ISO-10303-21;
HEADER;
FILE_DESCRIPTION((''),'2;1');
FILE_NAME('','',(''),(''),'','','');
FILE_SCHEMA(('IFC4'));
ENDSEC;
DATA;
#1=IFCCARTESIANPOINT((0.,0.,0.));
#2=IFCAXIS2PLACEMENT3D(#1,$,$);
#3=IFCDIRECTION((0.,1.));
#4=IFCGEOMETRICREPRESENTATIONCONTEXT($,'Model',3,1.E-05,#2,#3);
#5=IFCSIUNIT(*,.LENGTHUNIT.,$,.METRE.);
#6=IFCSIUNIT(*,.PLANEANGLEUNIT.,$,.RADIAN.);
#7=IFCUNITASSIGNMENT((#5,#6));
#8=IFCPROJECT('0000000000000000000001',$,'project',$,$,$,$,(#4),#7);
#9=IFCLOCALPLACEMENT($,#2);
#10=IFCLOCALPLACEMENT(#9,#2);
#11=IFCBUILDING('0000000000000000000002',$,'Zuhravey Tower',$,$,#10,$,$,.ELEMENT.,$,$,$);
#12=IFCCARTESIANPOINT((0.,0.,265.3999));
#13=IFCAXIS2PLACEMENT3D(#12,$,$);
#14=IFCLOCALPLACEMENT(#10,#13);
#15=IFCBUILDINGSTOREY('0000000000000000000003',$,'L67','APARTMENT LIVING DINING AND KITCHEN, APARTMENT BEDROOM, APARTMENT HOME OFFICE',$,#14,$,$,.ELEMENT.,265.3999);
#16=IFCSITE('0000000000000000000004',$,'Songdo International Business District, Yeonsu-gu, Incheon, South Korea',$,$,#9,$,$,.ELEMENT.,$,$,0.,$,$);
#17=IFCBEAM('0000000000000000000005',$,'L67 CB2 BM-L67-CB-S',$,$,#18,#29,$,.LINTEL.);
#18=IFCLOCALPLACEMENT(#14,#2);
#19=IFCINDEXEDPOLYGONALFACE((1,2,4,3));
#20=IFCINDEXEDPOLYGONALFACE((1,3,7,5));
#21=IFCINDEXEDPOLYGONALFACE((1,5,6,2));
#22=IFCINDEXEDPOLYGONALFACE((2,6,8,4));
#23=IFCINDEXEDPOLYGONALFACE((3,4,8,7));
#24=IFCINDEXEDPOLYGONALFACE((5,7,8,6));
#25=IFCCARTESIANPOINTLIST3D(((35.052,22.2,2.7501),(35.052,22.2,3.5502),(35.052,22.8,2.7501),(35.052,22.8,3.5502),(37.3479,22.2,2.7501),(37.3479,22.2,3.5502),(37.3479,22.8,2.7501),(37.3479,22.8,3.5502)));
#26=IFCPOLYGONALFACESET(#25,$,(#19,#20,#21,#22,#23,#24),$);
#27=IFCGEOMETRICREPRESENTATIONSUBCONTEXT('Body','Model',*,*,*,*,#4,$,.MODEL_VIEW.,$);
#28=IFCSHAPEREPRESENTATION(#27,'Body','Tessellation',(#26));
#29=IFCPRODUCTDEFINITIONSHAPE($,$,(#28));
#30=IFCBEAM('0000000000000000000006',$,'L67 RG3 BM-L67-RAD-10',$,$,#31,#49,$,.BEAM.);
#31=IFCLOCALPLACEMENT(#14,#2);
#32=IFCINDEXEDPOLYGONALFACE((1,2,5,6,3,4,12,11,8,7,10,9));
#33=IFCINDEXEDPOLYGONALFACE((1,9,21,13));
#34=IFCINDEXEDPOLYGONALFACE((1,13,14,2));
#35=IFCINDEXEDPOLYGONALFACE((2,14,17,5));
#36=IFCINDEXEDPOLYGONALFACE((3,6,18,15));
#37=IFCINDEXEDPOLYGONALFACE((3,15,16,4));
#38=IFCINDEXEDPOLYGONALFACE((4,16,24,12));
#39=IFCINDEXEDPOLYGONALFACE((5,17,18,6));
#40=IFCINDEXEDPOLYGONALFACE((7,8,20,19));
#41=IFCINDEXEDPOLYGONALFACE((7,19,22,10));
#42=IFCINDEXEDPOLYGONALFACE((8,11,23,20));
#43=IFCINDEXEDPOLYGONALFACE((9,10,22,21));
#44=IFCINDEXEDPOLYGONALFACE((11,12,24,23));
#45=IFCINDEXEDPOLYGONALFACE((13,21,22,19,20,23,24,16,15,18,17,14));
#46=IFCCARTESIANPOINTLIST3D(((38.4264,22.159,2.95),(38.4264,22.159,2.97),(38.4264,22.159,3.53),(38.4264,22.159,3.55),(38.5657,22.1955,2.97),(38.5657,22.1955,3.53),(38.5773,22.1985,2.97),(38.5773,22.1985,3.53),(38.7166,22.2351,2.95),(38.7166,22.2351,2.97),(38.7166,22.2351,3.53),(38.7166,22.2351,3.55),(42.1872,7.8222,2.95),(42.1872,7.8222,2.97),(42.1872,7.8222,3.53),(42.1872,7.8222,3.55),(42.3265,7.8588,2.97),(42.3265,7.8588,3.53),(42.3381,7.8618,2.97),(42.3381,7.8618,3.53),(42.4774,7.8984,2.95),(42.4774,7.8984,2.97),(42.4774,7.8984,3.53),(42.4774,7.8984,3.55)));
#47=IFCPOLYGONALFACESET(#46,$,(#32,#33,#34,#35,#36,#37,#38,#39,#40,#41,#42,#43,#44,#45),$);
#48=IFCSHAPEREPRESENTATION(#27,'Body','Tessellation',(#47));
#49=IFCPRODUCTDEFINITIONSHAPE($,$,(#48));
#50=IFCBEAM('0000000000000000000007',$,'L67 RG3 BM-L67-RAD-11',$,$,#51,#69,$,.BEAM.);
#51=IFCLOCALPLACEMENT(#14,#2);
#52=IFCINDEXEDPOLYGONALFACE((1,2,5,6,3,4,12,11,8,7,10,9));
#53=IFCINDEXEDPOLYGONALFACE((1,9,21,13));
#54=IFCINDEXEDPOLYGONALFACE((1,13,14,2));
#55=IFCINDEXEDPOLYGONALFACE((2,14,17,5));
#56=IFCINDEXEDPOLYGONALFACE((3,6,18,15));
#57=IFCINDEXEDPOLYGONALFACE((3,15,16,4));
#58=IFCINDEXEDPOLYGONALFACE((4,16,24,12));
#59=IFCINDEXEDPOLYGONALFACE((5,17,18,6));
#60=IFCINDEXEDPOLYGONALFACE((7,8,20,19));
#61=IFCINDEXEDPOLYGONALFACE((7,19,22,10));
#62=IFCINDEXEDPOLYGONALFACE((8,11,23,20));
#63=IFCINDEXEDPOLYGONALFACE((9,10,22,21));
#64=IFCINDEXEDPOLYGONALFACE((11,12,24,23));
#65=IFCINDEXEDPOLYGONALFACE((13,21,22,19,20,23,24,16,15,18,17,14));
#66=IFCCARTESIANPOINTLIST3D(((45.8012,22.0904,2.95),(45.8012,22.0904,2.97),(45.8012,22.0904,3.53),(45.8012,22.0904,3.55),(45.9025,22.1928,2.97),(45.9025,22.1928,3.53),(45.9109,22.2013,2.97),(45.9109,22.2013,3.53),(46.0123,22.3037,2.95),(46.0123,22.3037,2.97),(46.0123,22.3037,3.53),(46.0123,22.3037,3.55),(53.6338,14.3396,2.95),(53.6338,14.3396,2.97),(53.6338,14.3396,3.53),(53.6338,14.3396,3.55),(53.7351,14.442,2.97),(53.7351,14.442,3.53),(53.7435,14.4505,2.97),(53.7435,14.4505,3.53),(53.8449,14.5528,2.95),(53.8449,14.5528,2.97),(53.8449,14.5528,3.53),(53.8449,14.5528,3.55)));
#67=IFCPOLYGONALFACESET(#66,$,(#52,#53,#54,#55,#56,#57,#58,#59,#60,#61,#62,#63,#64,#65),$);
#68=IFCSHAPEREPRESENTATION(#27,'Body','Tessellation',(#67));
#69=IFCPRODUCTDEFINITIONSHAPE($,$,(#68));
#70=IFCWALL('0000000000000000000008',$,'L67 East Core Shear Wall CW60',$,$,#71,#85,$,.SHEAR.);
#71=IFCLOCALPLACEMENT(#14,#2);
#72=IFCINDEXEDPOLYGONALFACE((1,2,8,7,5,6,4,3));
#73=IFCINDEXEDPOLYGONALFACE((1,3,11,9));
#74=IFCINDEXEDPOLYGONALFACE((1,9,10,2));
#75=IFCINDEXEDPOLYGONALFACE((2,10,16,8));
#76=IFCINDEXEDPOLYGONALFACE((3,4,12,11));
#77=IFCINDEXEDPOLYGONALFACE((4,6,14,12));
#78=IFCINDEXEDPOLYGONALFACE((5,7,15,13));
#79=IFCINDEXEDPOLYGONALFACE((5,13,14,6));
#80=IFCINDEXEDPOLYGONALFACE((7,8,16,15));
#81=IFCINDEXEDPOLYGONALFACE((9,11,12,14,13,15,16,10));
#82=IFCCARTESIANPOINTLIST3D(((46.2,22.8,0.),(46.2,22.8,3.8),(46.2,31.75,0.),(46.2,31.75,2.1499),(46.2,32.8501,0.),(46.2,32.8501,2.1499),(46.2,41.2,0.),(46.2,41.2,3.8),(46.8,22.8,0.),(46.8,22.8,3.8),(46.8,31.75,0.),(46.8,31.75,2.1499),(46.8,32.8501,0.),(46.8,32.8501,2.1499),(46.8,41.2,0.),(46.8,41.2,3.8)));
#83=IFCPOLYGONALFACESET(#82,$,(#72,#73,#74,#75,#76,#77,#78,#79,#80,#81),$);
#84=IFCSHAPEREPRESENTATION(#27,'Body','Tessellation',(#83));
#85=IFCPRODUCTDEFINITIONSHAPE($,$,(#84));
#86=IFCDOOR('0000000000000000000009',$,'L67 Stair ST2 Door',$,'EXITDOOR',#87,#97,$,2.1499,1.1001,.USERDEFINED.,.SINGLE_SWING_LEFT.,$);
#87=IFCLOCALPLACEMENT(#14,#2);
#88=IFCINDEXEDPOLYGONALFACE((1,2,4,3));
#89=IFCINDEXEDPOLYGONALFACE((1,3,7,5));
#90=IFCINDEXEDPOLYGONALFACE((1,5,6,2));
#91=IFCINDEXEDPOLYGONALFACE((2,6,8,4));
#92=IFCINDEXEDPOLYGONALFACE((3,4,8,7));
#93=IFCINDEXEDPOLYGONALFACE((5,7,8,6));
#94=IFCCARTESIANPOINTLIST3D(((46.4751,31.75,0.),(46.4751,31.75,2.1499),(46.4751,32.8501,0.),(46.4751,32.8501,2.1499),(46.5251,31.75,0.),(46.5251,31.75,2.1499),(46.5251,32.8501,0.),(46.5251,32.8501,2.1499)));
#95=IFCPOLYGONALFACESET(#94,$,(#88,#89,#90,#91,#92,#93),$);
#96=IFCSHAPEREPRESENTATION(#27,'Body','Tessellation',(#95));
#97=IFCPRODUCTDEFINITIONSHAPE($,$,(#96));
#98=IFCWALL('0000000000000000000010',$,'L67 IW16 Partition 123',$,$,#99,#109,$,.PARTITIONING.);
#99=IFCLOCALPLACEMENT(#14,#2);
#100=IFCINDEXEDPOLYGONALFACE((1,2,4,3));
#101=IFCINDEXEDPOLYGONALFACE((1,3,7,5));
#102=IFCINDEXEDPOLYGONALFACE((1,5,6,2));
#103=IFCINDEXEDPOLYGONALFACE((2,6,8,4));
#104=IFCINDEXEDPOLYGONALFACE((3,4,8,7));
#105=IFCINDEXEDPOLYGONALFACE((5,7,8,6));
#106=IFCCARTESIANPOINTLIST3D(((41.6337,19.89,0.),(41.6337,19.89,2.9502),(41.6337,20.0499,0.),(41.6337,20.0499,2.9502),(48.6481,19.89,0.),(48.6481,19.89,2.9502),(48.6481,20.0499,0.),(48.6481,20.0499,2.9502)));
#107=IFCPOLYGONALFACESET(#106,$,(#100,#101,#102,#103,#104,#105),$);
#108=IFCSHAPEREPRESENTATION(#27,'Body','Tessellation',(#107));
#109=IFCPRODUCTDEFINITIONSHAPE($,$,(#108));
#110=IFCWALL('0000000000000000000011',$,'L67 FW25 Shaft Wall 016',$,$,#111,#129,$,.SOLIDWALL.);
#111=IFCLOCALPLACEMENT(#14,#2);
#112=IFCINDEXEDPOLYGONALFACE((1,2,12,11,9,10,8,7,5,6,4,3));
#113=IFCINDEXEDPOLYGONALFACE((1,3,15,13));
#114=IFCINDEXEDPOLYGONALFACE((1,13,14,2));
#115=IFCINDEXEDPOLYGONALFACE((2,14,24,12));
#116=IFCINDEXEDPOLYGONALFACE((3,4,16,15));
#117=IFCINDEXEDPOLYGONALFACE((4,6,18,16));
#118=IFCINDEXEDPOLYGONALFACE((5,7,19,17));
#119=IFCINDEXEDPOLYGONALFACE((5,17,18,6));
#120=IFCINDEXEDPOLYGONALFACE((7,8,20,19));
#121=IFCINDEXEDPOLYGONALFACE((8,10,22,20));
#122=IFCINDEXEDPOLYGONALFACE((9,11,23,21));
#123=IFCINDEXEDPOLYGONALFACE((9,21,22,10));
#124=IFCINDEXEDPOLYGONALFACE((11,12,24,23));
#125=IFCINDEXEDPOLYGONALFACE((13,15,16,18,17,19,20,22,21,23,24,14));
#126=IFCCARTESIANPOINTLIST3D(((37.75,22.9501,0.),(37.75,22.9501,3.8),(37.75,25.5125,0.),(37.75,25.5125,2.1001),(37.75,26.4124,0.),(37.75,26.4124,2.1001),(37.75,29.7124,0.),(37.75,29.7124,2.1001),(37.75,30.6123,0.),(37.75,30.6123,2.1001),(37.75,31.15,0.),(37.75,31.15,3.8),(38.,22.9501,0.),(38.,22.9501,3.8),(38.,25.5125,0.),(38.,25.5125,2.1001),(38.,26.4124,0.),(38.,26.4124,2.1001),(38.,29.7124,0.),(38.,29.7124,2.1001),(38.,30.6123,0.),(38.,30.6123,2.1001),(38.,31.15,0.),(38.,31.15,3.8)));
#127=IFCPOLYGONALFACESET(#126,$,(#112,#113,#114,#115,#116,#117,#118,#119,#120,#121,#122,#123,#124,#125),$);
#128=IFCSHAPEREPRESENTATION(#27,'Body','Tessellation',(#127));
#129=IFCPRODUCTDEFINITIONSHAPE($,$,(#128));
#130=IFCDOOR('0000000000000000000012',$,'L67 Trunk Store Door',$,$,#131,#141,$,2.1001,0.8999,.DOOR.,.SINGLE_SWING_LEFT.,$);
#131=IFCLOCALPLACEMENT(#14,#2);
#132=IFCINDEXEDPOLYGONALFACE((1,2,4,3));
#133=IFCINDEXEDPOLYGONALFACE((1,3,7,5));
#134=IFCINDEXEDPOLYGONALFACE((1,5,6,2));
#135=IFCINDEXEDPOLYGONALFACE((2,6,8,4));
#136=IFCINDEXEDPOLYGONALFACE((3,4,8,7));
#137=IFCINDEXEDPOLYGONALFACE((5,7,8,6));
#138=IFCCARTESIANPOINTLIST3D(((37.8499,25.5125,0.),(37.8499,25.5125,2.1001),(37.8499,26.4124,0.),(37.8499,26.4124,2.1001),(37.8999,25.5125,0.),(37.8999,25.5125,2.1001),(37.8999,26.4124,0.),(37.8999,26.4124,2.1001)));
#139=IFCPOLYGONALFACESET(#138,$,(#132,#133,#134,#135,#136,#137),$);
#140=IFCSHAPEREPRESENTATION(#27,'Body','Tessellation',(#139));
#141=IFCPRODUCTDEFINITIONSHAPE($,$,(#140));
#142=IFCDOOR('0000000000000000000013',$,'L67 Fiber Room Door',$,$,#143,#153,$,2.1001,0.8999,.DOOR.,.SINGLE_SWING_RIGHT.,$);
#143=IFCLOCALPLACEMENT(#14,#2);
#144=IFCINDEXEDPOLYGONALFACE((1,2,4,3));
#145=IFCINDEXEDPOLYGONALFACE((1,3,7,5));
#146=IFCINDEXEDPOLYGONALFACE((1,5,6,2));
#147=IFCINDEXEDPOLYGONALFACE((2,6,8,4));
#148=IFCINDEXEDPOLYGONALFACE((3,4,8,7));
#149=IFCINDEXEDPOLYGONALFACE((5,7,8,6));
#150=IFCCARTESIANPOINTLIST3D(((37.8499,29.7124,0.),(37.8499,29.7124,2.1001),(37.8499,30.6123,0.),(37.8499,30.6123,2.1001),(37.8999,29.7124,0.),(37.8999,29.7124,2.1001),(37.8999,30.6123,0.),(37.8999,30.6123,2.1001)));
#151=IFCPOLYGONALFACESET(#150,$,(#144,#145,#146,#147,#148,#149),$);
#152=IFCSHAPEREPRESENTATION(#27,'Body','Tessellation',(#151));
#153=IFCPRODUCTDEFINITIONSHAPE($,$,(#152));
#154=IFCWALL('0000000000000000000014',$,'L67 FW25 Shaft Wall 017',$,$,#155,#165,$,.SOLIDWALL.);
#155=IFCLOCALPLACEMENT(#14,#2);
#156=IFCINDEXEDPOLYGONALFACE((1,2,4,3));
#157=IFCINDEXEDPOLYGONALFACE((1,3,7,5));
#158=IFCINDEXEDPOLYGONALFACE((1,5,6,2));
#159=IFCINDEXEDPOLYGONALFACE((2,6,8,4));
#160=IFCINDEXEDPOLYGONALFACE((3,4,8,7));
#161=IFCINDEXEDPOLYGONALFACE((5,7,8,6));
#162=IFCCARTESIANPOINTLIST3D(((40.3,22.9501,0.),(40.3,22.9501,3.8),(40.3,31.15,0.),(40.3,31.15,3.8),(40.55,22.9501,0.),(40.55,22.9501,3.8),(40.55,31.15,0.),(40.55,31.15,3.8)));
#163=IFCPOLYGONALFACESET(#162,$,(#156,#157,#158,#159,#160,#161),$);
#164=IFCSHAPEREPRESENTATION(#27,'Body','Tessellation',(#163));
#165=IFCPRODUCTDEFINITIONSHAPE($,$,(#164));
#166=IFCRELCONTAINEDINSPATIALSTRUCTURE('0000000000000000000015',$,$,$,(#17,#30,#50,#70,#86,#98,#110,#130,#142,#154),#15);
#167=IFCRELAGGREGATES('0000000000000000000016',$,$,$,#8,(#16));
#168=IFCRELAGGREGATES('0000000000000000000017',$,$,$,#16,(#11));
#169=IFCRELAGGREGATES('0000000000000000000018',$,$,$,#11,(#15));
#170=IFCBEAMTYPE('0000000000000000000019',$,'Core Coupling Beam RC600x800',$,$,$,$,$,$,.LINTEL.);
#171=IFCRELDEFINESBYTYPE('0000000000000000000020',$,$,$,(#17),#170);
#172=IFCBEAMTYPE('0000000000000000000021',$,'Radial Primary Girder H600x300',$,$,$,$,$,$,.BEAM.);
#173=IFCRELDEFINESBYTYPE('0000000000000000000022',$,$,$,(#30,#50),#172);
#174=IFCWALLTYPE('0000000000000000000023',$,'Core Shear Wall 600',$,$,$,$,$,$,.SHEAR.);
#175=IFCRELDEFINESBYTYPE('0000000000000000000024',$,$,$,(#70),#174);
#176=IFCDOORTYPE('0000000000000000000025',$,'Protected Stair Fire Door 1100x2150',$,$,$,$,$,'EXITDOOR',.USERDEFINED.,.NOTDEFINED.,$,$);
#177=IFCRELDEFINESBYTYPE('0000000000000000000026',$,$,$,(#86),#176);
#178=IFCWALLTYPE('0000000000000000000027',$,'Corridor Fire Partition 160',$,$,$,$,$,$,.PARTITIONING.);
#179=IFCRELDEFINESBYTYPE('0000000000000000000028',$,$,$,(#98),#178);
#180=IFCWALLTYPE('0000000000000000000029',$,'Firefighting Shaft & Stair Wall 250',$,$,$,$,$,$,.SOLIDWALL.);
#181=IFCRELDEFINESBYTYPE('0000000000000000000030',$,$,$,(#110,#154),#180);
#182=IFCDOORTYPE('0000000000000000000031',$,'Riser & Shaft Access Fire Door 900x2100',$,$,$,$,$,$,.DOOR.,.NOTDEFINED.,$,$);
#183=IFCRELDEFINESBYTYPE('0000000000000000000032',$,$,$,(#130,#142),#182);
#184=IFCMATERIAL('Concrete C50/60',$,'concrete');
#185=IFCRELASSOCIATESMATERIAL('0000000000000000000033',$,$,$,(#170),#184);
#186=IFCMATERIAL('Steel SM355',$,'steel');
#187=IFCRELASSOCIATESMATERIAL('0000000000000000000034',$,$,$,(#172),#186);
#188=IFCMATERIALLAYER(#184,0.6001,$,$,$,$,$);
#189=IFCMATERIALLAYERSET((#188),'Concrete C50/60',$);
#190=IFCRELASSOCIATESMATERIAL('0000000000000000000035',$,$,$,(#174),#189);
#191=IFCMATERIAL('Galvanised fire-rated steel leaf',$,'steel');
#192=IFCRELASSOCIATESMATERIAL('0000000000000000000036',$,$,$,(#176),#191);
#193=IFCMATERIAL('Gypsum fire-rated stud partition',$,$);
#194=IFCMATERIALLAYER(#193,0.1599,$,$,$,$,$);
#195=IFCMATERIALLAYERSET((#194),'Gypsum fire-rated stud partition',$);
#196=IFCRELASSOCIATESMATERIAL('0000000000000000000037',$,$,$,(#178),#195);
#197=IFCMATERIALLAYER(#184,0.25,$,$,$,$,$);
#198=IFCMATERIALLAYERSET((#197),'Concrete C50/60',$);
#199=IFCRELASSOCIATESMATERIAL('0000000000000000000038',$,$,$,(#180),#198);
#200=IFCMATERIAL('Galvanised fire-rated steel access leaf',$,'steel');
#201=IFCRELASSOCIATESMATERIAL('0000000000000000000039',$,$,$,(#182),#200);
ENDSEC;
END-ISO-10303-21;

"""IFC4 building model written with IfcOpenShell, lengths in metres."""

from ifc_helpers import new_model, si_unit, direction, frame, frame_2d, origin, origin_2d, place, context, subcontext, project, spatial, rectangle, i_section, extrude, material, layer, layer_set, material_profile, profile_set, type_object, element, fill, save


model = new_model("IFC4")

# Units and contexts
model_context = context("Model", 3, precision=1e-05, world=origin(), true_north=direction((0.0, 1.0)))
body_context = subcontext(model_context, "Body", "Model", "MODEL_VIEW")
ifc_project = project(units=[si_unit("LENGTHUNIT", "METRE"), si_unit("PLANEANGLEUNIT", "RADIAN")], contexts=[model_context])

# Site, building, storey
site_placement = place(None, origin())
site = spatial("IfcSite", under=ifc_project, at=site_placement, Name="Songdo International Business District, Yeonsu-gu, Incheon, South Korea", CompositionType="ELEMENT", RefElevation=0.0)
building_placement = place(site_placement, origin())
building = spatial("IfcBuilding", under=site, at=building_placement, Name="Zuhravey Tower", CompositionType="ELEMENT")
storey_placement = place(building_placement, frame((0.0, 0.0, 265.3999)))
storey = spatial("IfcBuildingStorey", under=building, at=storey_placement, Name="L67", Description="APARTMENT LIVING DINING AND KITCHEN, APARTMENT BEDROOM, APARTMENT HOME OFFICE", CompositionType="ELEMENT", Elevation=265.3999)

# Beams
ifc_material_1 = material(Name="Concrete C50/60", Category="concrete")
ifc_material_profile_1 = material_profile(ifc_material_1, rectangle(XDim=0.6001, YDim=0.8, at=origin_2d()), Name="RC-600x800")
ifc_profile_set_1 = profile_set([ifc_material_profile_1], Name="Concrete C50/60")
beam_type_1 = type_object("IfcBeamType", Name="Core Coupling Beam RC600x800", PredefinedType="LINTEL", material=ifc_profile_set_1)
beam_1_placement = place(storey_placement, frame((35.052, 22.5, 3.1501), z_axis=(1.0, 0.0, 0.0), x_axis=(0.0, 1.0, 0.0)))
element("IfcBeam", 1, at=beam_1_placement, inside=storey, type_object=beam_type_1, Name="L67 CB2 BM-L67-CB-S", PredefinedType="LINTEL", context=body_context, shape_type="SweptSolid", body=[
    extrude(rectangle(XDim=0.6001, YDim=0.8, at=origin_2d()), origin(), (0.0, 0.0, 1.0), 2.2959),
])
ifc_material_2 = material(Name="Steel SM355", Category="steel")
ifc_material_profile_2 = material_profile(ifc_material_2, i_section(OverallWidth=0.3, OverallDepth=0.6001, WebThickness=0.012, FlangeThickness=0.02, at=origin_2d()), Name="H-600x300x12x20")
ifc_profile_set_2 = profile_set([ifc_material_profile_2], Name="Steel SM355")
beam_type_2 = type_object("IfcBeamType", Name="Radial Primary Girder H600x300", PredefinedType="BEAM", material=ifc_profile_set_2)
beam_2_placement = place(storey_placement, frame((38.5715, 22.197, 3.25), z_axis=(0.253732, -0.967275, 0.0), x_axis=(0.967275, 0.253732, 0.0)))
element("IfcBeam", 2, at=beam_2_placement, inside=storey, type_object=beam_type_2, Name="L67 RG3 BM-L67-RAD-10", PredefinedType="BEAM", context=body_context, shape_type="SweptSolid", body=[
    extrude(i_section(OverallWidth=0.3, OverallDepth=0.6001, WebThickness=0.012, FlangeThickness=0.02, at=origin_2d()), origin(), (0.0, 0.0, 1.0), 14.8218),
])
beam_3_placement = place(storey_placement, frame((45.9067, 22.197, 3.25), z_axis=(0.710808, -0.703386, 0.0), x_axis=(0.703386, 0.710808, 0.0)))
element("IfcBeam", 3, at=beam_3_placement, inside=storey, type_object=beam_type_2, Name="L67 RG3 BM-L67-RAD-11", PredefinedType="BEAM", context=body_context, shape_type="SweptSolid", body=[
    extrude(i_section(OverallWidth=0.3, OverallDepth=0.6001, WebThickness=0.012, FlangeThickness=0.02, at=origin_2d()), origin(), (0.0, 0.0, 1.0), 11.0193),
])

# Wall, opening, door
ifc_layer_1 = layer(ifc_material_1, 0.6001)
ifc_layer_set_1 = layer_set([ifc_layer_1], Name="Concrete C50/60")
wall_type_1 = type_object("IfcWallType", Name="Core Shear Wall 600", PredefinedType="SHEAR", material=ifc_layer_set_1)
ifc_material_3 = material(Name="Galvanised fire-rated steel leaf", Category="steel")
wall_1_placement = place(storey_placement, frame((46.5, 22.8, 0.0), z_axis=(0.0, 0.0, 1.0), x_axis=(0.0, 1.0, 0.0)))
wall_1 = element("IfcWall", 4, at=wall_1_placement, inside=storey, type_object=wall_type_1, Name="L67 East Core Shear Wall CW60", PredefinedType="SHEAR", context=body_context, shape_type="SweptSolid", body=[
    extrude(rectangle(XDim=18.3999, YDim=0.6001, at=frame_2d((9.2, 0.0))), origin(), (0.0, 0.0, 1.0), 3.8),
])
opening_1_placement = place(wall_1_placement, frame((8.95, 0.0, 0.0)))
opening_1 = element("IfcOpeningElement", 5, at=opening_1_placement, cuts=wall_1, PredefinedType="OPENING", context=body_context, shape_type="SweptSolid", body=[
    extrude(rectangle(XDim=1.1001, YDim=2.1499, at=frame_2d((0.55, 1.075))), frame((0.0, 0.312, 0.0), z_axis=(0.0, -1.0, 0.0), x_axis=(1.0, 0.0, 0.0)), (0.0, 0.0, 1.0), 0.624),
])
door_type_1 = type_object("IfcDoorType", Name="Protected Stair Fire Door 1100x2150", ElementType="EXITDOOR", OperationType="NOTDEFINED", PredefinedType="USERDEFINED", material=ifc_material_3)
door_1_placement = place(opening_1_placement, origin())
door_1 = element("IfcDoor", 6, at=door_1_placement, inside=storey, type_object=door_type_1, Name="L67 Stair ST2 Door", ObjectType="EXITDOOR", OperationType="SINGLE_SWING_LEFT", OverallHeight=2.1499, OverallWidth=1.1001, PredefinedType="USERDEFINED", context=body_context, shape_type="SweptSolid", body=[
    extrude(rectangle(XDim=1.1001, YDim=2.1499, at=frame_2d((0.55, 1.075))), frame((0.0, 0.0249, 0.0), z_axis=(0.0, -1.0, 0.0), x_axis=(1.0, 0.0, 0.0)), (0.0, 0.0, 1.0), 0.05),
])
fill(opening_1, door_1)

# Wall
ifc_material_4 = material(Name="Gypsum fire-rated stud partition")
ifc_layer_2 = layer(ifc_material_4, 0.1599)
ifc_layer_set_2 = layer_set([ifc_layer_2], Name="Gypsum fire-rated stud partition")
wall_type_2 = type_object("IfcWallType", Name="Corridor Fire Partition 160", PredefinedType="PARTITIONING", material=ifc_layer_set_2)
wall_2_placement = place(storey_placement, frame((41.6335, 19.97, 0.0), z_axis=(0.0, 0.0, 1.0), x_axis=(1.0, 0.0, 0.0)))
element("IfcWall", 7, at=wall_2_placement, inside=storey, type_object=wall_type_2, Name="L67 IW16 Partition 123", PredefinedType="PARTITIONING", context=body_context, shape_type="SweptSolid", body=[
    extrude(rectangle(XDim=7.0144, YDim=0.1599, at=frame_2d((3.5073, 0.0))), origin(), (0.0, 0.0, 1.0), 2.9502),
])

# Shared definitions
ifc_layer_3 = layer(ifc_material_1, 0.25)
ifc_layer_set_3 = layer_set([ifc_layer_3], Name="Concrete C50/60")
wall_type_3 = type_object("IfcWallType", Name="Firefighting Shaft & Stair Wall 250", PredefinedType="SOLIDWALL", material=ifc_layer_set_3)

# Wall, openings, doors
wall_3_placement = place(storey_placement, frame((37.875, 22.95, 0.0), z_axis=(0.0, 0.0, 1.0), x_axis=(0.0, 1.0, 0.0)))
wall_3 = element("IfcWall", 8, at=wall_3_placement, inside=storey, type_object=wall_type_3, Name="L67 FW25 Shaft Wall 016", PredefinedType="SOLIDWALL", context=body_context, shape_type="SweptSolid", body=[
    extrude(rectangle(XDim=8.2, YDim=0.25, at=frame_2d((4.1001, 0.0))), origin(), (0.0, 0.0, 1.0), 3.8),
])
opening_2_placement = place(wall_3_placement, frame((2.5625, 0.0, 0.0)))
opening_2 = element("IfcOpeningElement", 9, at=opening_2_placement, cuts=wall_3, PredefinedType="OPENING", context=body_context, shape_type="SweptSolid", body=[
    extrude(rectangle(XDim=0.8999, YDim=2.1001, at=frame_2d((0.45, 1.05))), frame((0.0, 0.137, 0.0), z_axis=(0.0, -1.0, 0.0), x_axis=(1.0, 0.0, 0.0)), (0.0, 0.0, 1.0), 0.2739),
])
opening_3_placement = place(wall_3_placement, frame((6.7625, 0.0, 0.0)))
opening_3 = element("IfcOpeningElement", 10, at=opening_3_placement, cuts=wall_3, PredefinedType="OPENING", context=body_context, shape_type="SweptSolid", body=[
    extrude(rectangle(XDim=0.8999, YDim=2.1001, at=frame_2d((0.45, 1.05))), frame((0.0, 0.137, 0.0), z_axis=(0.0, -1.0, 0.0), x_axis=(1.0, 0.0, 0.0)), (0.0, 0.0, 1.0), 0.2739),
])
ifc_material_5 = material(Name="Galvanised fire-rated steel access leaf", Category="steel")
door_type_2 = type_object("IfcDoorType", Name="Riser & Shaft Access Fire Door 900x2100", OperationType="NOTDEFINED", PredefinedType="DOOR", material=ifc_material_5)
door_2_placement = place(opening_2_placement, frame((0.8999, 0.0, 0.0), z_axis=(0.0, 0.0, 1.0), x_axis=(-1.0, 0.0, 0.0)))
door_2 = element("IfcDoor", 11, at=door_2_placement, inside=storey, type_object=door_type_2, Name="L67 Trunk Store Door", OperationType="SINGLE_SWING_LEFT", OverallHeight=2.1001, OverallWidth=0.8999, PredefinedType="DOOR", context=body_context, shape_type="SweptSolid", body=[
    extrude(rectangle(XDim=0.8999, YDim=2.1001, at=frame_2d((0.45, 1.05))), frame((0.0, 0.0249, 0.0), z_axis=(0.0, -1.0, 0.0), x_axis=(1.0, 0.0, 0.0)), (0.0, 0.0, 1.0), 0.05),
])
fill(opening_2, door_2)
door_3_placement = place(opening_3_placement, frame((0.8999, 0.0, 0.0), z_axis=(0.0, 0.0, 1.0), x_axis=(-1.0, 0.0, 0.0)))
door_3 = element("IfcDoor", 12, at=door_3_placement, inside=storey, type_object=door_type_2, Name="L67 Fiber Room Door", OperationType="SINGLE_SWING_RIGHT", OverallHeight=2.1001, OverallWidth=0.8999, PredefinedType="DOOR", context=body_context, shape_type="SweptSolid", body=[
    extrude(rectangle(XDim=0.8999, YDim=2.1001, at=frame_2d((0.45, 1.05))), frame((0.0, 0.0249, 0.0), z_axis=(0.0, -1.0, 0.0), x_axis=(1.0, 0.0, 0.0)), (0.0, 0.0, 1.0), 0.05),
])
fill(opening_3, door_3)

# Wall
wall_4_placement = place(storey_placement, frame((40.425, 22.95, 0.0), z_axis=(0.0, 0.0, 1.0), x_axis=(0.0, 1.0, 0.0)))
element("IfcWall", 13, at=wall_4_placement, inside=storey, type_object=wall_type_3, Name="L67 FW25 Shaft Wall 017", PredefinedType="SOLIDWALL", context=body_context, shape_type="SweptSolid", body=[
    extrude(rectangle(XDim=8.2, YDim=0.25, at=frame_2d((4.1001, 0.0))), origin(), (0.0, 0.0, 1.0), 3.8),
])

save(model, "model.ifc")
